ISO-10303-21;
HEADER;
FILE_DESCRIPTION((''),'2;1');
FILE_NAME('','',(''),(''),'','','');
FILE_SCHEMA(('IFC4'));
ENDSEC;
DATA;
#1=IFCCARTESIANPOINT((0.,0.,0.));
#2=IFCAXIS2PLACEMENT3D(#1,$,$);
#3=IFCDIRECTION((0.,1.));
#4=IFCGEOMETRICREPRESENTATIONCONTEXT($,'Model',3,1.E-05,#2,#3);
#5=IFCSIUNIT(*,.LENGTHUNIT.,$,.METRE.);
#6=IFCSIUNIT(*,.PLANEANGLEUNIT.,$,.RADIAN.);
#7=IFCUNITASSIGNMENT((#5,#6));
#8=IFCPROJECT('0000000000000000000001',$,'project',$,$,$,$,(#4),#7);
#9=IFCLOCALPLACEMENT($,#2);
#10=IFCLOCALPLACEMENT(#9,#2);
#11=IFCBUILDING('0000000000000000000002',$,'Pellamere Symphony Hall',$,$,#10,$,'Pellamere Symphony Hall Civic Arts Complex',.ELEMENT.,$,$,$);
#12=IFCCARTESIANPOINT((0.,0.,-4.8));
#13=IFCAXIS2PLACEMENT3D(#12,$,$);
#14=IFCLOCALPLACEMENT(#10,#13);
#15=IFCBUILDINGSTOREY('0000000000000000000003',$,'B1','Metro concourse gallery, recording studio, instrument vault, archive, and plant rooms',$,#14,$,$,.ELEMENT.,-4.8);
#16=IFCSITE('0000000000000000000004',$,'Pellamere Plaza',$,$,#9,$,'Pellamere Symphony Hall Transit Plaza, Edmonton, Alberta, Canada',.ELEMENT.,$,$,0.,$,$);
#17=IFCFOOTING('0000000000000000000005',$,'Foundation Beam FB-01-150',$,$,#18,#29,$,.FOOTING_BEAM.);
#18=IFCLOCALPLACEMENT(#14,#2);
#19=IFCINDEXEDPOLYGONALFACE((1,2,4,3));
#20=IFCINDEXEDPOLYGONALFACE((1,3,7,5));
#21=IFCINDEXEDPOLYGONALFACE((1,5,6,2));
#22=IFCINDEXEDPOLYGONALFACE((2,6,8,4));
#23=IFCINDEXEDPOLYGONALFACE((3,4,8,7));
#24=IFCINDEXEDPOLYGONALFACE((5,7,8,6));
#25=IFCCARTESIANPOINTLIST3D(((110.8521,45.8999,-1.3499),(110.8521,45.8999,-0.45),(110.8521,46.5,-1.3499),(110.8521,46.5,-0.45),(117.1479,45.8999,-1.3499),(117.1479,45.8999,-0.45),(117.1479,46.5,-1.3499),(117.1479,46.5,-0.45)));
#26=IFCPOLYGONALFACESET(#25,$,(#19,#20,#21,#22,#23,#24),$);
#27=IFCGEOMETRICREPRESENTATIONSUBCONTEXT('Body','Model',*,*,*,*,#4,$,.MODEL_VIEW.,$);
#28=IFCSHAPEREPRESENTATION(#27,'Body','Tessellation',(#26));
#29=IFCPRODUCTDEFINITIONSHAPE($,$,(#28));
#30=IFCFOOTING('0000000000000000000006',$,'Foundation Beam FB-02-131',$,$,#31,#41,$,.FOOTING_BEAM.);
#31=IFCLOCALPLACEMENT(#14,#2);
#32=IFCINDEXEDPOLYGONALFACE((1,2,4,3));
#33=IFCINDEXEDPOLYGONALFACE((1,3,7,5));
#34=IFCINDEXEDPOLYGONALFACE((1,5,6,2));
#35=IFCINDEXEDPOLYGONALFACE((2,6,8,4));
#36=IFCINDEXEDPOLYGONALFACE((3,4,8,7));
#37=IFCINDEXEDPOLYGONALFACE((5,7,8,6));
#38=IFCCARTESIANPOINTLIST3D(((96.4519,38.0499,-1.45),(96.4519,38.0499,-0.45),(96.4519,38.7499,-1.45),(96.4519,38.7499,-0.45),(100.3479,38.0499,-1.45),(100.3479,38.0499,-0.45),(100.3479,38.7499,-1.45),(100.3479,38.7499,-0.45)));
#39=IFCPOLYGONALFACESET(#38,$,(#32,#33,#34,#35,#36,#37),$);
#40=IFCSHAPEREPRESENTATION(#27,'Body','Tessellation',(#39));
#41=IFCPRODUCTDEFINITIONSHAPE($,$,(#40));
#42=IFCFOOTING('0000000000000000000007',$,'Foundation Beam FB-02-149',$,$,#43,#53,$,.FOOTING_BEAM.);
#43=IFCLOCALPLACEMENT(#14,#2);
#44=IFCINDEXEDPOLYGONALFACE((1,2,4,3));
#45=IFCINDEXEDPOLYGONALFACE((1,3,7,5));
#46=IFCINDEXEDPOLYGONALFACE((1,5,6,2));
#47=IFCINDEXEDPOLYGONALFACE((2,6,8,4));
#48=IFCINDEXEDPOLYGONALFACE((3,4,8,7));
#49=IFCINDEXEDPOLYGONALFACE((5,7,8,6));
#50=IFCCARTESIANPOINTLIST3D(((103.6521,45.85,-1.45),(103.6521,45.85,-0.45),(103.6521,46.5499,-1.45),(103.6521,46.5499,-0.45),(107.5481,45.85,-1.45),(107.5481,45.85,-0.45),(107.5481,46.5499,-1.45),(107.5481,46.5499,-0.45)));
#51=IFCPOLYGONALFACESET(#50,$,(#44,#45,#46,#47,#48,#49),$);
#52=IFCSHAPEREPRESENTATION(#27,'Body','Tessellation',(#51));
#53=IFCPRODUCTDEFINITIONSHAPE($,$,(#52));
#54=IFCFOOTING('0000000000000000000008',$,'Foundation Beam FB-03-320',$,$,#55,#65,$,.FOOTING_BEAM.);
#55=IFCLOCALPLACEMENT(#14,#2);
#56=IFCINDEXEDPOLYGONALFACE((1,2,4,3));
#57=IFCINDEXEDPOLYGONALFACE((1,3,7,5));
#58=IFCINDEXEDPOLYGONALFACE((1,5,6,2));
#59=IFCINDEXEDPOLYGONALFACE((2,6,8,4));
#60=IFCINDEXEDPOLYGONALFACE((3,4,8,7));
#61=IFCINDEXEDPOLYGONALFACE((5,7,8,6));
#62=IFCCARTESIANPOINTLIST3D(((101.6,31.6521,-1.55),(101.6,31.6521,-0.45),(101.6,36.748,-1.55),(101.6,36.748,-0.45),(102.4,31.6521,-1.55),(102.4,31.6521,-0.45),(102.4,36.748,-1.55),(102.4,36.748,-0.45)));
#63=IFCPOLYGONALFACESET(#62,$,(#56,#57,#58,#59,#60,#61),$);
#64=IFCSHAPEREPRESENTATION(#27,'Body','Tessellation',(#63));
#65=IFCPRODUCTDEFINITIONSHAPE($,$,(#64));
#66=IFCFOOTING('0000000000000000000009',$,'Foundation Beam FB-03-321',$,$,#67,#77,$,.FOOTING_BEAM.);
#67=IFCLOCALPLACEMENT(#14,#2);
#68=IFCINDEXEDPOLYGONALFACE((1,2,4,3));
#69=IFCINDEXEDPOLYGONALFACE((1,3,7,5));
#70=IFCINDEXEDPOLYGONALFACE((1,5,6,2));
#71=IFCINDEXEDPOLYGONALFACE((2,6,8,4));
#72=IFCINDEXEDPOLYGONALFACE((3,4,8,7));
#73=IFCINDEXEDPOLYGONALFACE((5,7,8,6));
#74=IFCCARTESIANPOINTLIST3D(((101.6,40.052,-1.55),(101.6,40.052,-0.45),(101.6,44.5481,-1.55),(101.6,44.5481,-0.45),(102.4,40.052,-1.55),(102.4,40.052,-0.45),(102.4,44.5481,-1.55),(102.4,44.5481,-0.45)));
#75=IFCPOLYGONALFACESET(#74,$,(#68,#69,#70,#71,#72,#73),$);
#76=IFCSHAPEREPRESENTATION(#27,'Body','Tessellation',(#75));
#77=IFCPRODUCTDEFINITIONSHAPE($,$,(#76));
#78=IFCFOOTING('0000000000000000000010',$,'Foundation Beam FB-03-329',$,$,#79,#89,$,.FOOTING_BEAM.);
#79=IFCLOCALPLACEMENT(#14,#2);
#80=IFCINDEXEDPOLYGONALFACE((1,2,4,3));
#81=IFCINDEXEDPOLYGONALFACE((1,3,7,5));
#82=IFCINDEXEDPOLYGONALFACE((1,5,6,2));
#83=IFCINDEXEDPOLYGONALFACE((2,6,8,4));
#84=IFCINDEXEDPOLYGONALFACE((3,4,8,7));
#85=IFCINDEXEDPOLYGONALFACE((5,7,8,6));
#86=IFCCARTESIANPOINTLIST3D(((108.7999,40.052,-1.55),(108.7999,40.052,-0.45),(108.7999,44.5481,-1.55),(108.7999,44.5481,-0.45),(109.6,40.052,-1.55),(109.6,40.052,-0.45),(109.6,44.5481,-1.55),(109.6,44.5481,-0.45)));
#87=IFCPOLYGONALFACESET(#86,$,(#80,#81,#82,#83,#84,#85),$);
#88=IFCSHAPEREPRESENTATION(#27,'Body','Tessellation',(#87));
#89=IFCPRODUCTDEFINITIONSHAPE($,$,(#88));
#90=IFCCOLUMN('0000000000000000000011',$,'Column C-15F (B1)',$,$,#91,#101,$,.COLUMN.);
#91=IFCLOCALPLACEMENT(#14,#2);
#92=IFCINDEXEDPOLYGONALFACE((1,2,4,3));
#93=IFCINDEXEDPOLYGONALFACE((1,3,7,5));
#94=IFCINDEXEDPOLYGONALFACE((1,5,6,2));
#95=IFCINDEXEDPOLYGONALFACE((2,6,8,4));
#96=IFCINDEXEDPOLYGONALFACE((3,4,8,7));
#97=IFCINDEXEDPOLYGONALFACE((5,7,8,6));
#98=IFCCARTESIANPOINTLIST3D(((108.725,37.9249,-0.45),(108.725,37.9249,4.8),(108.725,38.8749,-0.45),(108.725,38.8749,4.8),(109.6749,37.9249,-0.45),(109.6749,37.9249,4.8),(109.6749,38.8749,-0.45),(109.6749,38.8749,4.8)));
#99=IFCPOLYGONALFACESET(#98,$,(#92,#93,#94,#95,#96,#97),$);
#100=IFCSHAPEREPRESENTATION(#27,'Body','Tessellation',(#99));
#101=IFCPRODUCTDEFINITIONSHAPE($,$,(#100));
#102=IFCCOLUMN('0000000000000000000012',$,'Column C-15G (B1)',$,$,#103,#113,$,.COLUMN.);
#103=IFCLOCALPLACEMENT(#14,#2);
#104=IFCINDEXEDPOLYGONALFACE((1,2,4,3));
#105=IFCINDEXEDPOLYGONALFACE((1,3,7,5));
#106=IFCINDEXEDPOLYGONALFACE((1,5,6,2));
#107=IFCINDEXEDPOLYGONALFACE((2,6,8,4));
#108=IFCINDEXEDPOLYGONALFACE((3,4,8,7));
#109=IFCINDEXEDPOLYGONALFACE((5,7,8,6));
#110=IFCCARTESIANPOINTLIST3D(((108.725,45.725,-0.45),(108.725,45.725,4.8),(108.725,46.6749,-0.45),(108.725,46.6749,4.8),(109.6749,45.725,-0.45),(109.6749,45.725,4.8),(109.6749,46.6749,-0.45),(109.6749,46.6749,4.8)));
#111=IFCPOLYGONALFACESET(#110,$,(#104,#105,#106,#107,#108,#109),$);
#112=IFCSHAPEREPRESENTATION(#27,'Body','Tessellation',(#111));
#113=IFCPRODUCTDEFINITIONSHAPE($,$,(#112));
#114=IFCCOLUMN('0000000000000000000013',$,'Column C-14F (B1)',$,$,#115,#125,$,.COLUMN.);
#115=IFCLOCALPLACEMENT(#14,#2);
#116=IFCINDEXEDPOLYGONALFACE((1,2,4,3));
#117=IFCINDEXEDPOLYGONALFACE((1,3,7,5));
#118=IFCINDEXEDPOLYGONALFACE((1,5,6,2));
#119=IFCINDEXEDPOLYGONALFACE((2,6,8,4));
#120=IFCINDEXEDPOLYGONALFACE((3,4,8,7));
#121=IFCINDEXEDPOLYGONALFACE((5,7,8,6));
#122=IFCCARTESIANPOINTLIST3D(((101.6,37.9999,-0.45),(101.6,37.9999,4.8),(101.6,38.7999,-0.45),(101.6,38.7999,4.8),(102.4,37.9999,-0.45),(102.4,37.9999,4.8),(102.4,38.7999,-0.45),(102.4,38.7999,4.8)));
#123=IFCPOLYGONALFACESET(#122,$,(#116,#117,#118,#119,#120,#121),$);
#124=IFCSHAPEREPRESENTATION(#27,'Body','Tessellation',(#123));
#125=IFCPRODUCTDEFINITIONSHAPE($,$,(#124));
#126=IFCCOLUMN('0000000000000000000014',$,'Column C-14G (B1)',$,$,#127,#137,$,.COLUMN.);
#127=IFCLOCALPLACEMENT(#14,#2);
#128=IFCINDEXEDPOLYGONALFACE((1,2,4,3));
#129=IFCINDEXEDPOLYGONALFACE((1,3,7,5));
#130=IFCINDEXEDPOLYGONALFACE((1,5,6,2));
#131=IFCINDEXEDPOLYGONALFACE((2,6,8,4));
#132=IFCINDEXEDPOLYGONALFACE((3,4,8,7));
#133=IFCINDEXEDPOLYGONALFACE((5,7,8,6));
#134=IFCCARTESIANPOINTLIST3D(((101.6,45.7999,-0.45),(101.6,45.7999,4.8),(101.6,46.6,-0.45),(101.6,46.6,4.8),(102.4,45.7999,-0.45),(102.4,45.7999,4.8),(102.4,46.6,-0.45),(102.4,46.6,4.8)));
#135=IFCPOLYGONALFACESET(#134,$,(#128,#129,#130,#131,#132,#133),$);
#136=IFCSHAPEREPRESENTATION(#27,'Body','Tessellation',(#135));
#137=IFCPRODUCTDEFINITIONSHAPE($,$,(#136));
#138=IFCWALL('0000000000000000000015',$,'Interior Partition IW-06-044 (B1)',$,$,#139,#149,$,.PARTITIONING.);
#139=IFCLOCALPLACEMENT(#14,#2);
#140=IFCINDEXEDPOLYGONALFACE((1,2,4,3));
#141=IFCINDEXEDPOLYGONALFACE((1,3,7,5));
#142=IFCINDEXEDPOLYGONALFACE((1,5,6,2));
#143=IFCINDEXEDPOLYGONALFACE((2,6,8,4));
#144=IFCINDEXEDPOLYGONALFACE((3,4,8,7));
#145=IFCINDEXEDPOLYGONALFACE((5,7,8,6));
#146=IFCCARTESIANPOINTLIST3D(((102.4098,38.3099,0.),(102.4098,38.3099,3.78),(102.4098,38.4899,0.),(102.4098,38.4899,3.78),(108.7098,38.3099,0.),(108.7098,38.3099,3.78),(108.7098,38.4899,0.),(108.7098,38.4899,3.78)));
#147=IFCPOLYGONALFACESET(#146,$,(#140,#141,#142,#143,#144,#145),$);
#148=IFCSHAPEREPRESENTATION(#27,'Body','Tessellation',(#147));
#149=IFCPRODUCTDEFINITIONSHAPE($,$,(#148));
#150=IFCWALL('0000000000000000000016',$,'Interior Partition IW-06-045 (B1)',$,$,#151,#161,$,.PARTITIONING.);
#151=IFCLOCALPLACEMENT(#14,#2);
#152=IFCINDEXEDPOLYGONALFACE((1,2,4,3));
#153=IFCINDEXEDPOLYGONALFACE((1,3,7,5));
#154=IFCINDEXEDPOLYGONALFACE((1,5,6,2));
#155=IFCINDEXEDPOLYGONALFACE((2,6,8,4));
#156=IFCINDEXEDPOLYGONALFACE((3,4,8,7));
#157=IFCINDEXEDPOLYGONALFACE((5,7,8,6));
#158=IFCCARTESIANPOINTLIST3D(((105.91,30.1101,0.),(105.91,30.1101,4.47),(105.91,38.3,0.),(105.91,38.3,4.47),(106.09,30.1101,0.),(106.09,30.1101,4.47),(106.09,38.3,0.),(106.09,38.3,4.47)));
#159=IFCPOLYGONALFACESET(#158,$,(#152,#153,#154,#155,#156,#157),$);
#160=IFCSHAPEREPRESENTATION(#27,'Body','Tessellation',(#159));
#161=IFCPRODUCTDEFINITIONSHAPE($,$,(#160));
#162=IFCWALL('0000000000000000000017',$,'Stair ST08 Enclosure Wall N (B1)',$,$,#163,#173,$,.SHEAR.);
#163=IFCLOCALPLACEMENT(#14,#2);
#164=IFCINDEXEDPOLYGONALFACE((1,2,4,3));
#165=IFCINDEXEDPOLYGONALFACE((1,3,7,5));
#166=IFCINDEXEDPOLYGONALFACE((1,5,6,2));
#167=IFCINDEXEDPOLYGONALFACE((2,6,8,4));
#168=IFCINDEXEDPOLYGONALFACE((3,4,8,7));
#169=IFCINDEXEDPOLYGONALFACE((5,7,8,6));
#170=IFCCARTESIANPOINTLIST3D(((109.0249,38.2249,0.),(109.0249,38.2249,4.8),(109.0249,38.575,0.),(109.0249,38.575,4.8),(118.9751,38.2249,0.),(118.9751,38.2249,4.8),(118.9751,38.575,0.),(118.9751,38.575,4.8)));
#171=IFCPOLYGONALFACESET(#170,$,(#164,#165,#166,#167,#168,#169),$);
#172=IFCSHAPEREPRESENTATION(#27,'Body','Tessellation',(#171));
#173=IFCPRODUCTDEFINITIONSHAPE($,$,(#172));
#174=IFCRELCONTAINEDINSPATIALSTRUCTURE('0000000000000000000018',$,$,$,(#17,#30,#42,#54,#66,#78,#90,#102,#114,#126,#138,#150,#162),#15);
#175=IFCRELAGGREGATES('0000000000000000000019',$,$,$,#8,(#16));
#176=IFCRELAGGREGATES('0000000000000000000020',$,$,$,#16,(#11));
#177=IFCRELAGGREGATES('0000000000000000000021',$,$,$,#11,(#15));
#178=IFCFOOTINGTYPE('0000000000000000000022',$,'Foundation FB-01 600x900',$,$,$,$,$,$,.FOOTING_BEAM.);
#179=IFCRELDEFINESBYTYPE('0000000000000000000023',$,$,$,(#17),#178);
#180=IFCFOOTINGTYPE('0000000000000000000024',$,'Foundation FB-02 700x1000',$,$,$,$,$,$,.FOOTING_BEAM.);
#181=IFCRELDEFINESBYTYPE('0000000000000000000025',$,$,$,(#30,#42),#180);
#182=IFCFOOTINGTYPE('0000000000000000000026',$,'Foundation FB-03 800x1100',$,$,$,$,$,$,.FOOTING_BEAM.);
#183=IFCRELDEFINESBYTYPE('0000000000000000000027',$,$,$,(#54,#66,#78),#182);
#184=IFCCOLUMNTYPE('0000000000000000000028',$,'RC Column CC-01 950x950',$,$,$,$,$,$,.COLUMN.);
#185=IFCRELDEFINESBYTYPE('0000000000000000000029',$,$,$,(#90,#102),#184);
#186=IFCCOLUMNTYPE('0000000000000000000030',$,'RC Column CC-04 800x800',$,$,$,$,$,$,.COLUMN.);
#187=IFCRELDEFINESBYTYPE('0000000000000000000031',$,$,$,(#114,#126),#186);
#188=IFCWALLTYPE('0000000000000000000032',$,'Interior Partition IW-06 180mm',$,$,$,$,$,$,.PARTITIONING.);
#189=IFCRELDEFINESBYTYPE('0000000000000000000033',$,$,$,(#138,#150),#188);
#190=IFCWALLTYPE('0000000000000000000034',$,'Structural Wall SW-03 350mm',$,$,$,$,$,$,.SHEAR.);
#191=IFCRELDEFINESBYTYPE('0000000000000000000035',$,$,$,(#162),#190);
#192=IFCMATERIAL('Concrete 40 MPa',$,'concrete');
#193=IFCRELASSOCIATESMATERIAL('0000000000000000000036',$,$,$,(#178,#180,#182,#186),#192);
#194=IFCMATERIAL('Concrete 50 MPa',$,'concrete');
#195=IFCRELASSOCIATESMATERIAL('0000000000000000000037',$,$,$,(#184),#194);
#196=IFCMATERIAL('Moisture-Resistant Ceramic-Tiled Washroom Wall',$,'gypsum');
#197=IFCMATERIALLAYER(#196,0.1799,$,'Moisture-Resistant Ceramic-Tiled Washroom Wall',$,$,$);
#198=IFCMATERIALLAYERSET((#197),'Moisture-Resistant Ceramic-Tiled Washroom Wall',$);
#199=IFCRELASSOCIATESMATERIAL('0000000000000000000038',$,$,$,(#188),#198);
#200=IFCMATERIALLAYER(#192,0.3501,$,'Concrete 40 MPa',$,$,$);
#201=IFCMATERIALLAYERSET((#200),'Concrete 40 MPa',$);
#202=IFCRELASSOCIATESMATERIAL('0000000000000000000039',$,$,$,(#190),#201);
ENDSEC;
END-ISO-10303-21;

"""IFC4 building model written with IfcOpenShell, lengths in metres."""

from ifc_helpers import new_model, si_unit, direction, frame, frame_2d, origin, origin_2d, place, context, subcontext, project, spatial, rectangle, extrude, material, layer, layer_set, material_profile, profile_set, type_object, element, save


model = new_model("IFC4")

# Units and contexts
model_context = context("Model", 3, precision=1e-05, world=origin(), true_north=direction((0.0, 1.0)))
body_context = subcontext(model_context, "Body", "Model", "MODEL_VIEW")
ifc_project = project(units=[si_unit("LENGTHUNIT", "METRE"), si_unit("PLANEANGLEUNIT", "RADIAN")], contexts=[model_context])

# Site, building, storey
site_placement = place(None, origin())
site = spatial("IfcSite", under=ifc_project, at=site_placement, Name="Pellamere Plaza", LongName="Pellamere Symphony Hall Transit Plaza, Edmonton, Alberta, Canada", CompositionType="ELEMENT", RefElevation=0.0)
building_placement = place(site_placement, origin())
building = spatial("IfcBuilding", under=site, at=building_placement, Name="Pellamere Symphony Hall", LongName="Pellamere Symphony Hall Civic Arts Complex", CompositionType="ELEMENT")
storey_placement = place(building_placement, frame((0.0, 0.0, -4.8)))
storey = spatial("IfcBuildingStorey", under=building, at=storey_placement, Name="B1", Description="Metro concourse gallery, recording studio, instrument vault, archive, and plant rooms", CompositionType="ELEMENT", Elevation=-4.8)

# Shared definitions
ifc_material_1 = material(Name="Concrete 40 MPa", Category="concrete")

# Footings
ifc_material_profile_1 = material_profile(ifc_material_1, rectangle(XDim=0.6001, YDim=0.8999, at=origin_2d()), Name="RC 600x900")
ifc_profile_set_1 = profile_set([ifc_material_profile_1], Name="Concrete 40 MPa")
footing_type_1 = type_object("IfcFootingType", Name="Foundation FB-01 600x900", PredefinedType="FOOTING_BEAM", material=ifc_profile_set_1)
footing_1_placement = place(storey_placement, frame((110.8521, 46.2, -0.8999), z_axis=(1.0, 0.0, 0.0), x_axis=(0.0, 1.0, 0.0)))
element("IfcFooting", 1, at=footing_1_placement, inside=storey, type_object=footing_type_1, Name="Foundation Beam FB-01-150", PredefinedType="FOOTING_BEAM", context=body_context, shape_type="SweptSolid", body=[
    extrude(rectangle(XDim=0.6001, YDim=0.8999, at=origin_2d()), origin(), (0.0, 0.0, 1.0), 6.2959),
])
ifc_material_profile_2 = material_profile(ifc_material_1, rectangle(XDim=0.7, YDim=1.0, at=origin_2d()), Name="RC 700x1000")
ifc_profile_set_2 = profile_set([ifc_material_profile_2], Name="Concrete 40 MPa")
footing_type_2 = type_object("IfcFootingType", Name="Foundation FB-02 700x1000", PredefinedType="FOOTING_BEAM", material=ifc_profile_set_2)
for number, where, z_axis, x_axis, name in (
    (2, (96.4519, 38.3999, -0.95), (1.0, 0.0, 0.0), (0.0, 1.0, 0.0), "Foundation Beam FB-02-131"),
    (3, (103.6521, 46.2, -0.95), (1.0, 0.0, 0.0), (0.0, 1.0, 0.0), "Foundation Beam FB-02-149"),
):
    element("IfcFooting", number, at=place(storey_placement, frame(where, z_axis=z_axis, x_axis=x_axis)), inside=storey, type_object=footing_type_2, Name=name, PredefinedType="FOOTING_BEAM", context=body_context, shape_type="SweptSolid", body=[
        extrude(rectangle(XDim=0.7, YDim=1.0, at=origin_2d()), origin(), (0.0, 0.0, 1.0), 3.896),
    ])
ifc_material_profile_3 = material_profile(ifc_material_1, rectangle(XDim=0.8, YDim=1.1001, at=origin_2d()), Name="RC 800x1100")
ifc_profile_set_3 = profile_set([ifc_material_profile_3], Name="Concrete 40 MPa")
footing_type_3 = type_object("IfcFootingType", Name="Foundation FB-03 800x1100", PredefinedType="FOOTING_BEAM", material=ifc_profile_set_3)
footing_2_placement = place(storey_placement, frame((102.0, 31.6521, -1.0), z_axis=(0.0, 1.0, 0.0), x_axis=(-1.0, 0.0, 0.0)))
element("IfcFooting", 4, at=footing_2_placement, inside=storey, type_object=footing_type_3, Name="Foundation Beam FB-03-320", PredefinedType="FOOTING_BEAM", context=body_context, shape_type="SweptSolid", body=[
    extrude(rectangle(XDim=0.8, YDim=1.1001, at=origin_2d()), origin(), (0.0, 0.0, 1.0), 5.0959),
])
for number, where, z_axis, x_axis, name in (
    (5, (102.0, 40.052, -1.0), (0.0, 1.0, 0.0), (-1.0, 0.0, 0.0), "Foundation Beam FB-03-321"),
    (6, (109.2, 40.052, -1.0), (0.0, 1.0, 0.0), (-1.0, 0.0, 0.0), "Foundation Beam FB-03-329"),
):
    element("IfcFooting", number, at=place(storey_placement, frame(where, z_axis=z_axis, x_axis=x_axis)), inside=storey, type_object=footing_type_3, Name=name, PredefinedType="FOOTING_BEAM", context=body_context, shape_type="SweptSolid", body=[
        extrude(rectangle(XDim=0.8, YDim=1.1001, at=origin_2d()), origin(), (0.0, 0.0, 1.0), 4.4961),
    ])

# Columns
ifc_material_2 = material(Name="Concrete 50 MPa", Category="concrete")
ifc_material_profile_4 = material_profile(ifc_material_2, rectangle(XDim=0.95, YDim=0.95, at=origin_2d()), Name="RC 950x950")
ifc_profile_set_4 = profile_set([ifc_material_profile_4], Name="Concrete 50 MPa")
column_type_1 = type_object("IfcColumnType", Name="RC Column CC-01 950x950", PredefinedType="COLUMN", material=ifc_profile_set_4)
for number, where, z_axis, x_axis, name in (
    (7, (109.2, 38.3999, -0.45), (0.0, 0.0, 1.0), (1.0, 0.0, 0.0), "Column C-15F (B1)"),
    (8, (109.2, 46.2, -0.45), (0.0, 0.0, 1.0), (1.0, 0.0, 0.0), "Column C-15G (B1)"),
):
    element("IfcColumn", number, at=place(storey_placement, frame(where, z_axis=z_axis, x_axis=x_axis)), inside=storey, type_object=column_type_1, Name=name, PredefinedType="COLUMN", context=body_context, shape_type="SweptSolid", body=[
        extrude(rectangle(XDim=0.95, YDim=0.95, at=origin_2d()), origin(), (0.0, 0.0, 1.0), 5.25),
    ])
ifc_material_profile_5 = material_profile(ifc_material_1, rectangle(XDim=0.8, YDim=0.8, at=origin_2d()), Name="RC 800x800")
ifc_profile_set_5 = profile_set([ifc_material_profile_5], Name="Concrete 40 MPa")
column_type_2 = type_object("IfcColumnType", Name="RC Column CC-04 800x800", PredefinedType="COLUMN", material=ifc_profile_set_5)
for number, where, z_axis, x_axis, name in (
    (9, (102.0, 38.3999, -0.45), (0.0, 0.0, 1.0), (1.0, 0.0, 0.0), "Column C-14F (B1)"),
    (10, (102.0, 46.2, -0.45), (0.0, 0.0, 1.0), (1.0, 0.0, 0.0), "Column C-14G (B1)"),
):
    element("IfcColumn", number, at=place(storey_placement, frame(where, z_axis=z_axis, x_axis=x_axis)), inside=storey, type_object=column_type_2, Name=name, PredefinedType="COLUMN", context=body_context, shape_type="SweptSolid", body=[
        extrude(rectangle(XDim=0.8, YDim=0.8, at=origin_2d()), origin(), (0.0, 0.0, 1.0), 5.25),
    ])

# Walls
ifc_material_3 = material(Name="Moisture-Resistant Ceramic-Tiled Washroom Wall", Category="gypsum")
ifc_layer_1 = layer(ifc_material_3, 0.1799, Name="Moisture-Resistant Ceramic-Tiled Washroom Wall")
ifc_layer_set_1 = layer_set([ifc_layer_1], Name="Moisture-Resistant Ceramic-Tiled Washroom Wall")
wall_type_1 = type_object("IfcWallType", Name="Interior Partition IW-06 180mm", PredefinedType="PARTITIONING", material=ifc_layer_set_1)
wall_1_placement = place(storey_placement, frame((102.4099, 38.3999, 0.0), z_axis=(0.0, 0.0, 1.0), x_axis=(1.0, 0.0, 0.0)))
element("IfcWall", 11, at=wall_1_placement, inside=storey, type_object=wall_type_1, Name="Interior Partition IW-06-044 (B1)", PredefinedType="PARTITIONING", context=body_context, shape_type="SweptSolid", body=[
    extrude(rectangle(XDim=6.3, YDim=0.1799, at=frame_2d((3.1499, 0.0))), origin(), (0.0, 0.0, 1.0), 3.78),
])
wall_2_placement = place(storey_placement, frame((106.0, 30.1101, 0.0), z_axis=(0.0, 0.0, 1.0), x_axis=(0.0, 1.0, 0.0)))
element("IfcWall", 12, at=wall_2_placement, inside=storey, type_object=wall_type_1, Name="Interior Partition IW-06-045 (B1)", PredefinedType="PARTITIONING", context=body_context, shape_type="SweptSolid", body=[
    extrude(rectangle(XDim=8.1899, YDim=0.1799, at=frame_2d((4.095, 0.0))), origin(), (0.0, 0.0, 1.0), 4.47),
])
ifc_layer_2 = layer(ifc_material_1, 0.3501, Name="Concrete 40 MPa")
ifc_layer_set_2 = layer_set([ifc_layer_2], Name="Concrete 40 MPa")
wall_type_2 = type_object("IfcWallType", Name="Structural Wall SW-03 350mm", PredefinedType="SHEAR", material=ifc_layer_set_2)
wall_3_placement = place(storey_placement, frame((109.0249, 38.3999, 0.0), z_axis=(0.0, 0.0, 1.0), x_axis=(1.0, 0.0, 0.0)))
element("IfcWall", 13, at=wall_3_placement, inside=storey, type_object=wall_type_2, Name="Stair ST08 Enclosure Wall N (B1)", PredefinedType="SHEAR", context=body_context, shape_type="SweptSolid", body=[
    extrude(rectangle(XDim=9.9502, YDim=0.3501, at=frame_2d((4.9751, 0.0))), origin(), (0.0, 0.0, 1.0), 4.8),
])

save(model, "model.ifc")
